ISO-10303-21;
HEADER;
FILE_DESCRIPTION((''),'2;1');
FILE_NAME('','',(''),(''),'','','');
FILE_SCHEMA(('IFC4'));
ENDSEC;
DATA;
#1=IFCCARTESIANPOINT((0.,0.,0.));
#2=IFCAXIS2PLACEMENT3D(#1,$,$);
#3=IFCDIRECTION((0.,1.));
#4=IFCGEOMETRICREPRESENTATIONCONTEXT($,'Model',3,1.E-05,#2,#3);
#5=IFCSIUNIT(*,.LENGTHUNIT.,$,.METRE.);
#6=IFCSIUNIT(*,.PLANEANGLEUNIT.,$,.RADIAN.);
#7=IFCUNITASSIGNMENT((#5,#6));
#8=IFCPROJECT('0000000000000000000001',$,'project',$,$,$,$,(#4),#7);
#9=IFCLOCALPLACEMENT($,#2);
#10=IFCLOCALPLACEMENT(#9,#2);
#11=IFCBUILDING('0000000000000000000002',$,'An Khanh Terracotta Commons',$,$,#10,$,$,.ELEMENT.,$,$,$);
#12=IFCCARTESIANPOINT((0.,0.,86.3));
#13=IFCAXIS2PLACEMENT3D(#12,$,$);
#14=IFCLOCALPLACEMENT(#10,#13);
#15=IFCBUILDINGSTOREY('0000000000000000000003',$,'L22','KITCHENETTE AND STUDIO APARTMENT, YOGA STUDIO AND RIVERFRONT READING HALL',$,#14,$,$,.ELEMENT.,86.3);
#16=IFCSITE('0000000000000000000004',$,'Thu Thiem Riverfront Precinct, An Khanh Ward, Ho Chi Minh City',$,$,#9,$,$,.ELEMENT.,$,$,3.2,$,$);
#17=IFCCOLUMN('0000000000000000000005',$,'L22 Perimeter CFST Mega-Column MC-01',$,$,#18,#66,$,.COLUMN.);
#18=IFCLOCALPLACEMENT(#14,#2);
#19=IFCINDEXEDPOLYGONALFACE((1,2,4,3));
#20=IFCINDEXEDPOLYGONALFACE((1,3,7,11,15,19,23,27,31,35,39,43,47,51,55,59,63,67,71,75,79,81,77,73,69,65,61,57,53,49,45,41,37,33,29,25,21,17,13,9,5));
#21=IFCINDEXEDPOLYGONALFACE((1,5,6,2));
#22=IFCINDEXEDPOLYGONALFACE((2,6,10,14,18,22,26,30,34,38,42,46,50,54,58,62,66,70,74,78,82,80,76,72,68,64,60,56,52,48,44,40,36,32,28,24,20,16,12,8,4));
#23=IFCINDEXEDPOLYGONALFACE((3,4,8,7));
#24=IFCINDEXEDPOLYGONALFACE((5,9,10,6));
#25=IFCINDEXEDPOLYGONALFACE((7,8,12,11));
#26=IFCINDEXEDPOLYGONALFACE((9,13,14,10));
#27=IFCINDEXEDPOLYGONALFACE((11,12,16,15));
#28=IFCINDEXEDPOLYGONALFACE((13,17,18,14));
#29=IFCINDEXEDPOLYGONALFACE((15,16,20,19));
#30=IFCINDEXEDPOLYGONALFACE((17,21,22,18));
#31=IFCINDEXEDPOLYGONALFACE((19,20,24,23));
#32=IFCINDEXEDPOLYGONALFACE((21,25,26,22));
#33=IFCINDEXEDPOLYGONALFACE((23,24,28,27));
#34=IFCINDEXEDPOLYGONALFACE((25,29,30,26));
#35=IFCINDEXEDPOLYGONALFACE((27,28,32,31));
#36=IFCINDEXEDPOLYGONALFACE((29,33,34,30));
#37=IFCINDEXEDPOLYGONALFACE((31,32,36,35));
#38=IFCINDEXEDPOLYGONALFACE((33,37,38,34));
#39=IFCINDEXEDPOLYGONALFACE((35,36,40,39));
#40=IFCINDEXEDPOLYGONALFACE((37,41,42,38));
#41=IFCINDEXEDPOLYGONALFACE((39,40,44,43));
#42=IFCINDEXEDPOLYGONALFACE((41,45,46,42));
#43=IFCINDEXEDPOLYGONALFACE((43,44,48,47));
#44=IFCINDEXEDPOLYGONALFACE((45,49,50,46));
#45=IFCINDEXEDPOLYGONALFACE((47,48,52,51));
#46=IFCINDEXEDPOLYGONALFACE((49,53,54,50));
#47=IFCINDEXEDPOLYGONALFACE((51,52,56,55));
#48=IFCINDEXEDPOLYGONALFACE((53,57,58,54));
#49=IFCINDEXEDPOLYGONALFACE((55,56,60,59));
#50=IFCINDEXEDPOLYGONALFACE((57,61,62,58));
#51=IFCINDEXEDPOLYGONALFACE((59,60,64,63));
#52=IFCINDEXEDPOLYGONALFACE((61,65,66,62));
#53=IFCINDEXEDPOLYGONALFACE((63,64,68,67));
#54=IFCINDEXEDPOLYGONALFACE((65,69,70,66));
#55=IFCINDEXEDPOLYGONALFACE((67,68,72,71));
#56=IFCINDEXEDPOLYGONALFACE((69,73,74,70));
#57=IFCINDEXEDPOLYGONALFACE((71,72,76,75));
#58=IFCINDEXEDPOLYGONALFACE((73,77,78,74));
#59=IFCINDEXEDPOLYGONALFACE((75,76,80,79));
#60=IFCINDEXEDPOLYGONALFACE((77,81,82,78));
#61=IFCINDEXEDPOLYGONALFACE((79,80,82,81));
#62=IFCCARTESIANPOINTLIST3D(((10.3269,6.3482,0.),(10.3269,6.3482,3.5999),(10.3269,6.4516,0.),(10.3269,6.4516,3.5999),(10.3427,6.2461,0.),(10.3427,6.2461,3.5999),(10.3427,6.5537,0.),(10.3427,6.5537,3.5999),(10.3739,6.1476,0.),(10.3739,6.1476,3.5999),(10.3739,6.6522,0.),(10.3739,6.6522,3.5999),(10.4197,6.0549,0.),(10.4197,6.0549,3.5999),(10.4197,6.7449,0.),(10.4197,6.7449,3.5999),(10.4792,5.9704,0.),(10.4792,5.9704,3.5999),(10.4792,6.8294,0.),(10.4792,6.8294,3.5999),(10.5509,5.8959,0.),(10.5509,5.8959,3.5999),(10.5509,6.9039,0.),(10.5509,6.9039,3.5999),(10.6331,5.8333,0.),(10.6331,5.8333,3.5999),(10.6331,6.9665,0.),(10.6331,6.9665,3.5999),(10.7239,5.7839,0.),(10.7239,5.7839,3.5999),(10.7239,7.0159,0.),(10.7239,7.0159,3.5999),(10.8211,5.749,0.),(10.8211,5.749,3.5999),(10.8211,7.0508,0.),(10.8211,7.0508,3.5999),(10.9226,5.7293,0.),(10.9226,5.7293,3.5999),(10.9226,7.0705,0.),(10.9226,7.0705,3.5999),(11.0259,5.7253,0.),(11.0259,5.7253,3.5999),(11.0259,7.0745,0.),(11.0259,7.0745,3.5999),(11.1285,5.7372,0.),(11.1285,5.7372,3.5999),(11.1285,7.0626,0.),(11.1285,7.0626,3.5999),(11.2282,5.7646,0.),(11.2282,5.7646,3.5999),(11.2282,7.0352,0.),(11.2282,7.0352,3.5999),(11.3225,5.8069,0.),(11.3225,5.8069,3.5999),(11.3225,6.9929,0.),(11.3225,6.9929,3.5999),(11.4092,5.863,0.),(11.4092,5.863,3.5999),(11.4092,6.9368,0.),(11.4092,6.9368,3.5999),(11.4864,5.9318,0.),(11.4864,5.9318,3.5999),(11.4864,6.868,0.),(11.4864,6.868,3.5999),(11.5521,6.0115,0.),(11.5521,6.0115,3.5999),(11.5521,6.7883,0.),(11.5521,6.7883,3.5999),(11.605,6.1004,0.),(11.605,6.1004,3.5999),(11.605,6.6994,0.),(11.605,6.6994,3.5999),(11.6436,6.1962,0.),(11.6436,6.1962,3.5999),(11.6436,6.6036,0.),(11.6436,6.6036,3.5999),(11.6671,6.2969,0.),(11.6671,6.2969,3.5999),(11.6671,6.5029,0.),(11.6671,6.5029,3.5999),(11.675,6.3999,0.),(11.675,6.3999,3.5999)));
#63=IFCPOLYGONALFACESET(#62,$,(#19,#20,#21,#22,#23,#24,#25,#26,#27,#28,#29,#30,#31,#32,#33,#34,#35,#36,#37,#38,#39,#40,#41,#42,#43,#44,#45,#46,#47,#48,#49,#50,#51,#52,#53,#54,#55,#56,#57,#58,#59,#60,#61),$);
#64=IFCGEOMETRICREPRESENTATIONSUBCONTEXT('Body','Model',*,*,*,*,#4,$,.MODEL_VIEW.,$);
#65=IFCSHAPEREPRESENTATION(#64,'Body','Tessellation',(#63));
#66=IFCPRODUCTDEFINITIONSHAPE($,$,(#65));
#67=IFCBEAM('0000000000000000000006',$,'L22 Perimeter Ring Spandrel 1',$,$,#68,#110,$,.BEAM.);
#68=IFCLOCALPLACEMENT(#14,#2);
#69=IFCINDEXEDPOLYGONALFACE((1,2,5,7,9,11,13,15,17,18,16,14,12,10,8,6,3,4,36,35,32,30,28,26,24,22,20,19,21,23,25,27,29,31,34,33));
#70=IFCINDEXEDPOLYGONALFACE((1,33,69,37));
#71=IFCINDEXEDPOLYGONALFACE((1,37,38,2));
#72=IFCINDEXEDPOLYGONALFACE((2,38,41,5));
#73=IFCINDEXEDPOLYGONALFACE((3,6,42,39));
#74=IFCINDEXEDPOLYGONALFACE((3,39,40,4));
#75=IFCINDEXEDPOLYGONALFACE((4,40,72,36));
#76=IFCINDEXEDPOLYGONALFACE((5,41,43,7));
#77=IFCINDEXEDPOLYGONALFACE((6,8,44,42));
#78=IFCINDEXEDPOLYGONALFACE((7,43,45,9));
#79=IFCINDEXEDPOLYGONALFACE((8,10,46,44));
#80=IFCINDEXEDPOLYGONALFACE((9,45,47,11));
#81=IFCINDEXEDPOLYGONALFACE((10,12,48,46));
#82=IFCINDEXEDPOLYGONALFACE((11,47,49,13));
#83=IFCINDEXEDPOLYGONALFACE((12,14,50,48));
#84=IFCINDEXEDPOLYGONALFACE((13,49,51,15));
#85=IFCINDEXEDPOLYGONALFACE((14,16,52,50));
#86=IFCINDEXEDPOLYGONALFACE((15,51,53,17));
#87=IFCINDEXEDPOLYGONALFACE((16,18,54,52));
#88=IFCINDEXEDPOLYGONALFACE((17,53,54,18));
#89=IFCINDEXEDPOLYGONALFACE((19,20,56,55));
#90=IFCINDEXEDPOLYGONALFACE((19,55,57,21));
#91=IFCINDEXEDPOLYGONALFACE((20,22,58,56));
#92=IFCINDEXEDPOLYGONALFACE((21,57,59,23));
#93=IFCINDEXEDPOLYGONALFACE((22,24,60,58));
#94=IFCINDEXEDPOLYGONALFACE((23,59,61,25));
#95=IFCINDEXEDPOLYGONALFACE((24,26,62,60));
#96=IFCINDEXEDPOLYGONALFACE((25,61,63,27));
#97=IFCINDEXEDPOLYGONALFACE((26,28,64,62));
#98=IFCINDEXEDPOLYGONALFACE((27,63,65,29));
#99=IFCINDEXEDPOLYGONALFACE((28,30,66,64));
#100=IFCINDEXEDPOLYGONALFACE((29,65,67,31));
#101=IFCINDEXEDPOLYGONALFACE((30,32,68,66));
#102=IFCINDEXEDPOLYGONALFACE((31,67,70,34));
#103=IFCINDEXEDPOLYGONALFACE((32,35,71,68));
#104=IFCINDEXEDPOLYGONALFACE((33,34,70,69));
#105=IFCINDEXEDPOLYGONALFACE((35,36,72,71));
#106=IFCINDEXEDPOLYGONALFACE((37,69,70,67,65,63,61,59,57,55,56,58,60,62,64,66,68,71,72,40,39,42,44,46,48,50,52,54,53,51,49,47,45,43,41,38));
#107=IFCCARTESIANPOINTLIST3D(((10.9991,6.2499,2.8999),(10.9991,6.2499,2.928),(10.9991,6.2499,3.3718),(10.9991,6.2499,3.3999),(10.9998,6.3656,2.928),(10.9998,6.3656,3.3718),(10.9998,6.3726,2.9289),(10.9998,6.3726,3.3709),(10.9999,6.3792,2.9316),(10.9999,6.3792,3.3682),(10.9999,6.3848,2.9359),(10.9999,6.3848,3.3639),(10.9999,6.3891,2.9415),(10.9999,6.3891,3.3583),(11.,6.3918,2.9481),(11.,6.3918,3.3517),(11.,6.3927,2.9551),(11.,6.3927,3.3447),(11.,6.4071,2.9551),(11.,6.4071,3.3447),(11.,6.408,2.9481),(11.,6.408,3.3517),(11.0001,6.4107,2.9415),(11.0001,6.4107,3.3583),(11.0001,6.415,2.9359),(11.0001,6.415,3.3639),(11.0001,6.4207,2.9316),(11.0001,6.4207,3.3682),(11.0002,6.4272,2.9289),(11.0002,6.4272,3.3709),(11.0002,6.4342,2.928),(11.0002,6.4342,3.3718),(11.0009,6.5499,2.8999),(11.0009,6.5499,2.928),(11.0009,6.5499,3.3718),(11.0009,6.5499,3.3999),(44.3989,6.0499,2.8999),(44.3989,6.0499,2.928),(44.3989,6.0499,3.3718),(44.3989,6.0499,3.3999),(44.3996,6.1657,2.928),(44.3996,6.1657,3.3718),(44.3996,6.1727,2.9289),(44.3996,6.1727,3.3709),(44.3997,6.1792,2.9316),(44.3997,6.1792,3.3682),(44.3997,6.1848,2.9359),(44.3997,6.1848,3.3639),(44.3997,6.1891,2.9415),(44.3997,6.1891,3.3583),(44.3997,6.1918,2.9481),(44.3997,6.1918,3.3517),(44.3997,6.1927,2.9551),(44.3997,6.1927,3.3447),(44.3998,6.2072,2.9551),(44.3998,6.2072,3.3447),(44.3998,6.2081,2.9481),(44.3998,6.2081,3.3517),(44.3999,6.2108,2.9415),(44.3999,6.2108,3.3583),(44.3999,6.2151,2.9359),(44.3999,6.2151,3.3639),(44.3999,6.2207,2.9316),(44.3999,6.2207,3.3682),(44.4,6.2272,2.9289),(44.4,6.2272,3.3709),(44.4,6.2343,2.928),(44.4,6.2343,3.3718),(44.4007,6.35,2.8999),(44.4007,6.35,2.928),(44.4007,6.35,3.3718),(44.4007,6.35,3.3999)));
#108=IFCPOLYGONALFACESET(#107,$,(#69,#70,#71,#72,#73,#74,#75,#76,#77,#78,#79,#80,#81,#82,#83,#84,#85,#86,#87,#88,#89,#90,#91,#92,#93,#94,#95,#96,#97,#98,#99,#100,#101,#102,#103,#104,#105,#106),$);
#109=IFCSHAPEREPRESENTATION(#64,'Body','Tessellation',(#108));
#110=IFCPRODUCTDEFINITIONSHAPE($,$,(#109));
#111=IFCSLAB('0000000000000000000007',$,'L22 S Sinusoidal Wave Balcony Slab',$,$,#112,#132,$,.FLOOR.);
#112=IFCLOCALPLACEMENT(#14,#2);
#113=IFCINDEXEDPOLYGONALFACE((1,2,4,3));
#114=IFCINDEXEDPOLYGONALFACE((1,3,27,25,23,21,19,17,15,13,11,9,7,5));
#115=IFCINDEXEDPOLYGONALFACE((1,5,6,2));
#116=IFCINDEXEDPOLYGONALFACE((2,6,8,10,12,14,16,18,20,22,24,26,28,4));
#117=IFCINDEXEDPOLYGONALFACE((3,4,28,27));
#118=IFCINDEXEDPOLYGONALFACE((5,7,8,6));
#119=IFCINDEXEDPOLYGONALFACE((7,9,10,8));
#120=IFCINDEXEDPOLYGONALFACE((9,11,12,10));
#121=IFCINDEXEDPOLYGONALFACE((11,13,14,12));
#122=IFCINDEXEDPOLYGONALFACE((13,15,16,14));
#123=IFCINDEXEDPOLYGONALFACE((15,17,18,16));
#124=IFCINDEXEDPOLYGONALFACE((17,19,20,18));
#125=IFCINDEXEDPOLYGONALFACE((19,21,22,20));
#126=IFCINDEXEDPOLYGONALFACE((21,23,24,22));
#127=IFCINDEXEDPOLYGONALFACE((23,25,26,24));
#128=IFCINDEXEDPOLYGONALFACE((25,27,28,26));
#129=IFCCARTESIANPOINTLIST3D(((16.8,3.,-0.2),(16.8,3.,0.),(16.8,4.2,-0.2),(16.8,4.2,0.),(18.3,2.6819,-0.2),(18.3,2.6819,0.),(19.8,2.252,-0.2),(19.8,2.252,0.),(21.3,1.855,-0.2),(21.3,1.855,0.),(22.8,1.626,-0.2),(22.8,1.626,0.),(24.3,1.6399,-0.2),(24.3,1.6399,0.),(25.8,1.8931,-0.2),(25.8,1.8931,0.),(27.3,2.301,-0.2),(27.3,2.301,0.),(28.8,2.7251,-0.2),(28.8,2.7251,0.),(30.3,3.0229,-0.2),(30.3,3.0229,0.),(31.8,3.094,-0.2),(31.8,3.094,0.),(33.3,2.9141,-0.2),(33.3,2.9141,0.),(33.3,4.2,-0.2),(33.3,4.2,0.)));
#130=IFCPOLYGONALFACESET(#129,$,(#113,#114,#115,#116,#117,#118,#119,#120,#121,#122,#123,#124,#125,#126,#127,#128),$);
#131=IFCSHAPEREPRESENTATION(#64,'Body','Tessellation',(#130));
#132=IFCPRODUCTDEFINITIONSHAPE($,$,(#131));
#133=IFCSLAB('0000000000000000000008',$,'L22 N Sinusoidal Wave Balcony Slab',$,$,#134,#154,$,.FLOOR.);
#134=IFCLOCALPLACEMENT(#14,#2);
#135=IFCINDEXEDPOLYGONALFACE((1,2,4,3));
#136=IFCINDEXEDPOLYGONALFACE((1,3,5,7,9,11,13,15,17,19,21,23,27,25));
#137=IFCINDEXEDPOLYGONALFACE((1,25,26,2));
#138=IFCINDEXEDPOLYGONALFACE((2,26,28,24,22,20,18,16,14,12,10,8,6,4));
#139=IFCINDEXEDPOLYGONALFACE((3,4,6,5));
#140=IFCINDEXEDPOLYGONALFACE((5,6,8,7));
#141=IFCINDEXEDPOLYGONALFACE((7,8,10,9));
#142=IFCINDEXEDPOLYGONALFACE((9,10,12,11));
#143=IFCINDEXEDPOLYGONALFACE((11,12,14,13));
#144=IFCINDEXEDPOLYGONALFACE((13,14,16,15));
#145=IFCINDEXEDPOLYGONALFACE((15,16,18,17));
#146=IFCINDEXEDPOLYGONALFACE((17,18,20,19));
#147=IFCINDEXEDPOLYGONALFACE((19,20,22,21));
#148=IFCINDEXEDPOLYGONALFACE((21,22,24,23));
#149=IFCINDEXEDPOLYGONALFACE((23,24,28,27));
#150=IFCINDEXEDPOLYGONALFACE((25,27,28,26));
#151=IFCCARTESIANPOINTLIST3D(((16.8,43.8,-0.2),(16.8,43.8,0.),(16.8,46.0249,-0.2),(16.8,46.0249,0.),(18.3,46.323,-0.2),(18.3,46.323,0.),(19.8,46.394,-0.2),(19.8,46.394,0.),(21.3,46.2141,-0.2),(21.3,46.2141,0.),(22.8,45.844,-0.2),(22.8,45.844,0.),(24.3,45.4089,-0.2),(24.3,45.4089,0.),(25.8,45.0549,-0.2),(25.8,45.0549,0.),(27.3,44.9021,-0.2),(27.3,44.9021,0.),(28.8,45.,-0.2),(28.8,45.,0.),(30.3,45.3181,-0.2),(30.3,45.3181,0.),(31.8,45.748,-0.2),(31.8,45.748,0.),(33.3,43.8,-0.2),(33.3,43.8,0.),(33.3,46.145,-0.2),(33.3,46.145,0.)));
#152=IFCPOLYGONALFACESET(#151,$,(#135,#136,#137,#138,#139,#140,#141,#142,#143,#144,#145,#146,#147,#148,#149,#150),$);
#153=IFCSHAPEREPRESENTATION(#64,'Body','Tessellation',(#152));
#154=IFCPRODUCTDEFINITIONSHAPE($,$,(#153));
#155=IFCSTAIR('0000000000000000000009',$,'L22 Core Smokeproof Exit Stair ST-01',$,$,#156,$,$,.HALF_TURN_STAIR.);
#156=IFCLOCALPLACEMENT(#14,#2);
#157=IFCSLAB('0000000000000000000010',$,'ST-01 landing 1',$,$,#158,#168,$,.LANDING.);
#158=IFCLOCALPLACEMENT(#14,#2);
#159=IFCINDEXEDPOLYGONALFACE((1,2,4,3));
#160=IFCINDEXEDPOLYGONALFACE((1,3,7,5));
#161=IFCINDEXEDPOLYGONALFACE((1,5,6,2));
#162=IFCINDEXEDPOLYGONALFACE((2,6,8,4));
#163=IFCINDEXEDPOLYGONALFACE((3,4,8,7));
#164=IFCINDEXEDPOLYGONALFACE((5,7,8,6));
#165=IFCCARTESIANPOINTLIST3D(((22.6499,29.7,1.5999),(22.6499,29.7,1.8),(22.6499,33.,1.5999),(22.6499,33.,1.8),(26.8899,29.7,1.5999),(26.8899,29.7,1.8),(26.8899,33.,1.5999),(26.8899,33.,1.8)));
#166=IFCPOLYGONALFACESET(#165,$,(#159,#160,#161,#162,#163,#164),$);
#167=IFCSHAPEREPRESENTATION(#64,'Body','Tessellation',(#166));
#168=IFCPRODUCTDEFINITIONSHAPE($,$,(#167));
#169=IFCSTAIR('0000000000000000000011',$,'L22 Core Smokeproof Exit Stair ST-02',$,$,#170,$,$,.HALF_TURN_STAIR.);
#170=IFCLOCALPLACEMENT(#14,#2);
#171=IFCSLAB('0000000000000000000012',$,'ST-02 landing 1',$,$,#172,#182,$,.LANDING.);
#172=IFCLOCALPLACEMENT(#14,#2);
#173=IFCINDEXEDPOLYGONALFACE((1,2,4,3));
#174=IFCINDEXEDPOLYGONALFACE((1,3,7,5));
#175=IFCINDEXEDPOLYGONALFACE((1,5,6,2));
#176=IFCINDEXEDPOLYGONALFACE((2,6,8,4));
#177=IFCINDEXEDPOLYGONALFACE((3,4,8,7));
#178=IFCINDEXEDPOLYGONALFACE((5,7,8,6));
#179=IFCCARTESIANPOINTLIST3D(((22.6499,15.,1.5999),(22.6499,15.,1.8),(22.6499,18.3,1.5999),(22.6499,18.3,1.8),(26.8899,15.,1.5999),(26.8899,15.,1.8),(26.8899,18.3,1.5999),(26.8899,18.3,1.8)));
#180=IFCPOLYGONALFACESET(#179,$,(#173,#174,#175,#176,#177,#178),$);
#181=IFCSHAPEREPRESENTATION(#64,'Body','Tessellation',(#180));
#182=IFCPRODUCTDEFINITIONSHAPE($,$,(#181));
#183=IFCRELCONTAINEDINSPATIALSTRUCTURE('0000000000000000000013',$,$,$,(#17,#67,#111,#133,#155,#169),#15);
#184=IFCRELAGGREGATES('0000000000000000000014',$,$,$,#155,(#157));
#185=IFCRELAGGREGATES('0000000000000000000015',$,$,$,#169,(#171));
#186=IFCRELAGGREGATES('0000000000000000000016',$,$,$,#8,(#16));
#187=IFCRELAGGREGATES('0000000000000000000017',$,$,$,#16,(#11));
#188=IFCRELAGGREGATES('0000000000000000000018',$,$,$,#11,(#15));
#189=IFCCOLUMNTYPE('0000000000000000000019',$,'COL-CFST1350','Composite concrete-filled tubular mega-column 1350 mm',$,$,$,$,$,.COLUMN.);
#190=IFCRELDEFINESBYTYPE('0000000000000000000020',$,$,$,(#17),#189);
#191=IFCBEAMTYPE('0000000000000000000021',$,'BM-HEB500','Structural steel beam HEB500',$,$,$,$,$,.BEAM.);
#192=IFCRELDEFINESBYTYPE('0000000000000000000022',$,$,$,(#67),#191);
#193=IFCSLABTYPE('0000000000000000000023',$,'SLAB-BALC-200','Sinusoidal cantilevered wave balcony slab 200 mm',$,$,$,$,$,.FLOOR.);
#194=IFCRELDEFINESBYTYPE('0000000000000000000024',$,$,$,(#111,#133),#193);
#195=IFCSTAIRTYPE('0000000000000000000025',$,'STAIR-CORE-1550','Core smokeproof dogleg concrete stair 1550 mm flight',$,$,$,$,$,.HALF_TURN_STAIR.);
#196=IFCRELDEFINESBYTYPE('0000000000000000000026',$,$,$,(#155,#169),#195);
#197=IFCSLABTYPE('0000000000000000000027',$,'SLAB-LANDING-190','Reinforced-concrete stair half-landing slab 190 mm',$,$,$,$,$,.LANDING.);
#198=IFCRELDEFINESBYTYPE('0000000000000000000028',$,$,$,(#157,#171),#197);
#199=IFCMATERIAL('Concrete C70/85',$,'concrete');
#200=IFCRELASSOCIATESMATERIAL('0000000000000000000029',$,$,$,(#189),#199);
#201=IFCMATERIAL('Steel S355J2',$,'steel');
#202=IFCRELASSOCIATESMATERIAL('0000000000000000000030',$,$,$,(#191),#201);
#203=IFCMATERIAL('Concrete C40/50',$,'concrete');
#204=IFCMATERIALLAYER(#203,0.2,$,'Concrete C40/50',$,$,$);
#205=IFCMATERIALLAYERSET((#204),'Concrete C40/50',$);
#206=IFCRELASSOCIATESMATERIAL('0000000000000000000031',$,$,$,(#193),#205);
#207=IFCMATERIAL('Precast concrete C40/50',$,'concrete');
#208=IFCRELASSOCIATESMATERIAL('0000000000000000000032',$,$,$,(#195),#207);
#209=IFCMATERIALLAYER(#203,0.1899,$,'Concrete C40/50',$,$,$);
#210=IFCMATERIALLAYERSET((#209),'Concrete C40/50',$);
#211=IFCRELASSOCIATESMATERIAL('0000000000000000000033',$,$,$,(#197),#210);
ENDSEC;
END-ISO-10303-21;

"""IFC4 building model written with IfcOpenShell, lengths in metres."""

from ifc_helpers import new_model, si_unit, direction, frame, origin, origin_2d, place, context, subcontext, project, spatial, polyline, circle, i_section, outline, extrude, material, layer, layer_set, material_profile, profile_set, type_object, element, aggregate, save


model = new_model("IFC4")

# Units and contexts
model_context = context("Model", 3, precision=1e-05, world=origin(), true_north=direction((0.0, 1.0)))
body_context = subcontext(model_context, "Body", "Model", "MODEL_VIEW")
ifc_project = project(units=[si_unit("LENGTHUNIT", "METRE"), si_unit("PLANEANGLEUNIT", "RADIAN")], contexts=[model_context])

# Site, building, storey
site_placement = place(None, origin())
site = spatial("IfcSite", under=ifc_project, at=site_placement, Name="Thu Thiem Riverfront Precinct, An Khanh Ward, Ho Chi Minh City", CompositionType="ELEMENT", RefElevation=3.2)
building_placement = place(site_placement, origin())
building = spatial("IfcBuilding", under=site, at=building_placement, Name="An Khanh Terracotta Commons", CompositionType="ELEMENT")
storey_placement = place(building_placement, frame((0.0, 0.0, 86.3)))
storey = spatial("IfcBuildingStorey", under=building, at=storey_placement, Name="L22", Description="KITCHENETTE AND STUDIO APARTMENT, YOGA STUDIO AND RIVERFRONT READING HALL", CompositionType="ELEMENT", Elevation=86.3)

# Column
ifc_material_1 = material(Name="Concrete C70/85", Category="concrete")
ifc_material_profile_1 = material_profile(ifc_material_1, circle(Radius=0.675, at=origin_2d()), Name="CFST1350")
ifc_profile_set_1 = profile_set([ifc_material_profile_1], Name="Concrete C70/85")
column_type = type_object("IfcColumnType", Name="COL-CFST1350", Description="Composite concrete-filled tubular mega-column 1350 mm", PredefinedType="COLUMN", material=ifc_profile_set_1)
column_placement = place(storey_placement, frame((11.0, 6.3999, 0.0), z_axis=(0.0, 0.0, 1.0), x_axis=(1.0, 0.0, 0.0)))
element("IfcColumn", 1, at=column_placement, inside=storey, type_object=column_type, Name="L22 Perimeter CFST Mega-Column MC-01", PredefinedType="COLUMN", context=body_context, shape_type="SweptSolid", body=[
    extrude(circle(Radius=0.675, at=origin_2d()), origin(), (0.0, 0.0, 1.0), 3.5999),
])

# Beam
ifc_material_2 = material(Name="Steel S355J2", Category="steel")
ifc_material_profile_2 = material_profile(ifc_material_2, i_section(OverallWidth=0.3, OverallDepth=0.5, WebThickness=0.0144, FlangeThickness=0.0281, FilletRadius=0.0271, at=origin_2d()), Name="HEB500")
ifc_profile_set_2 = profile_set([ifc_material_profile_2], Name="Steel S355J2")
beam_type = type_object("IfcBeamType", Name="BM-HEB500", Description="Structural steel beam HEB500", PredefinedType="BEAM", material=ifc_profile_set_2)
beam_placement = place(storey_placement, frame((11.0, 6.3999, 3.1499), z_axis=(0.999982, -0.005986, 0.0), x_axis=(0.005986, 0.999982, 0.0)))
element("IfcBeam", 2, at=beam_placement, inside=storey, type_object=beam_type, Name="L22 Perimeter Ring Spandrel 1", PredefinedType="BEAM", context=body_context, shape_type="SweptSolid", body=[
    extrude(i_section(OverallWidth=0.3, OverallDepth=0.5, WebThickness=0.0144, FlangeThickness=0.0281, FilletRadius=0.0271, at=origin_2d()), origin(), (0.0, 0.0, 1.0), 33.4004),
])

# Slabs
ifc_material_3 = material(Name="Concrete C40/50", Category="concrete")
ifc_layer_1 = layer(ifc_material_3, 0.2, Name="Concrete C40/50")
ifc_layer_set_1 = layer_set([ifc_layer_1], Name="Concrete C40/50")
slab_type_1 = type_object("IfcSlabType", Name="SLAB-BALC-200", Description="Sinusoidal cantilevered wave balcony slab 200 mm", PredefinedType="FLOOR", material=ifc_layer_set_1)
slab_1_placement = place(storey_placement, frame((0.0, 0.0, -0.2)))
element("IfcSlab", 3, at=slab_1_placement, inside=storey, type_object=slab_type_1, Name="L22 S Sinusoidal Wave Balcony Slab", PredefinedType="FLOOR", context=body_context, shape_type="SweptSolid", body=[
    extrude(outline(polyline([(16.8, 4.2), (16.8, 3.0), (18.3, 2.6819), (19.8, 2.252), (21.3, 1.855), (22.8, 1.626), (24.3, 1.6399), (25.8, 1.8931), (27.3, 2.301), (28.8, 2.7251), (30.3, 3.0229), (31.8, 3.094), (33.3, 2.9141), (33.3, 4.2), (16.8, 4.2)])), origin(), (0.0, 0.0, 1.0), 0.2),
])
slab_2_placement = place(storey_placement, frame((0.0, 0.0, -0.2)))
element("IfcSlab", 4, at=slab_2_placement, inside=storey, type_object=slab_type_1, Name="L22 N Sinusoidal Wave Balcony Slab", PredefinedType="FLOOR", context=body_context, shape_type="SweptSolid", body=[
    extrude(outline(polyline([(33.3, 43.8), (33.3, 46.145), (31.8, 45.748), (30.3, 45.3181), (28.8, 45.0), (27.3, 44.9021), (25.8, 45.0549), (24.3, 45.4089), (22.8, 45.844), (21.3, 46.2141), (19.8, 46.394), (18.3, 46.323), (16.8, 46.0249), (16.8, 43.8), (33.3, 43.8)])), origin(), (0.0, 0.0, 1.0), 0.2),
])

# Stairs, slabs
ifc_material_4 = material(Name="Precast concrete C40/50", Category="concrete")
stair_type = type_object("IfcStairType", Name="STAIR-CORE-1550", Description="Core smokeproof dogleg concrete stair 1550 mm flight", PredefinedType="HALF_TURN_STAIR", material=ifc_material_4)
stair_1_placement = place(storey_placement, origin())
stair_1 = element("IfcStair", 5, at=stair_1_placement, inside=storey, type_object=stair_type, Name="L22 Core Smokeproof Exit Stair ST-01", PredefinedType="HALF_TURN_STAIR")
ifc_layer_2 = layer(ifc_material_3, 0.1899, Name="Concrete C40/50")
ifc_layer_set_2 = layer_set([ifc_layer_2], Name="Concrete C40/50")
slab_type_2 = type_object("IfcSlabType", Name="SLAB-LANDING-190", Description="Reinforced-concrete stair half-landing slab 190 mm", PredefinedType="LANDING", material=ifc_layer_set_2)
slab_3_placement = place(storey_placement, frame((0.0, 0.0, 1.5999)))
slab_3 = element("IfcSlab", 6, at=slab_3_placement, type_object=slab_type_2, Name="ST-01 landing 1", PredefinedType="LANDING", context=body_context, shape_type="SweptSolid", body=[
    extrude(outline(polyline([(26.8899, 33.0), (22.6499, 33.0), (22.6499, 29.7), (26.8899, 29.7), (26.8899, 33.0)])), origin(), (0.0, 0.0, 1.0), 0.2002),
])
aggregate(stair_1, [slab_3])
stair_2_placement = place(storey_placement, origin())
stair_2 = element("IfcStair", 7, at=stair_2_placement, inside=storey, type_object=stair_type, Name="L22 Core Smokeproof Exit Stair ST-02", PredefinedType="HALF_TURN_STAIR")
slab_4_placement = place(storey_placement, frame((0.0, 0.0, 1.5999)))
slab_4 = element("IfcSlab", 8, at=slab_4_placement, type_object=slab_type_2, Name="ST-02 landing 1", PredefinedType="LANDING", context=body_context, shape_type="SweptSolid", body=[
    extrude(outline(polyline([(26.8899, 18.3), (22.6499, 18.3), (22.6499, 15.0), (26.8899, 15.0), (26.8899, 18.3)])), origin(), (0.0, 0.0, 1.0), 0.2002),
])
aggregate(stair_2, [slab_4])

save(model, "model.ifc")
